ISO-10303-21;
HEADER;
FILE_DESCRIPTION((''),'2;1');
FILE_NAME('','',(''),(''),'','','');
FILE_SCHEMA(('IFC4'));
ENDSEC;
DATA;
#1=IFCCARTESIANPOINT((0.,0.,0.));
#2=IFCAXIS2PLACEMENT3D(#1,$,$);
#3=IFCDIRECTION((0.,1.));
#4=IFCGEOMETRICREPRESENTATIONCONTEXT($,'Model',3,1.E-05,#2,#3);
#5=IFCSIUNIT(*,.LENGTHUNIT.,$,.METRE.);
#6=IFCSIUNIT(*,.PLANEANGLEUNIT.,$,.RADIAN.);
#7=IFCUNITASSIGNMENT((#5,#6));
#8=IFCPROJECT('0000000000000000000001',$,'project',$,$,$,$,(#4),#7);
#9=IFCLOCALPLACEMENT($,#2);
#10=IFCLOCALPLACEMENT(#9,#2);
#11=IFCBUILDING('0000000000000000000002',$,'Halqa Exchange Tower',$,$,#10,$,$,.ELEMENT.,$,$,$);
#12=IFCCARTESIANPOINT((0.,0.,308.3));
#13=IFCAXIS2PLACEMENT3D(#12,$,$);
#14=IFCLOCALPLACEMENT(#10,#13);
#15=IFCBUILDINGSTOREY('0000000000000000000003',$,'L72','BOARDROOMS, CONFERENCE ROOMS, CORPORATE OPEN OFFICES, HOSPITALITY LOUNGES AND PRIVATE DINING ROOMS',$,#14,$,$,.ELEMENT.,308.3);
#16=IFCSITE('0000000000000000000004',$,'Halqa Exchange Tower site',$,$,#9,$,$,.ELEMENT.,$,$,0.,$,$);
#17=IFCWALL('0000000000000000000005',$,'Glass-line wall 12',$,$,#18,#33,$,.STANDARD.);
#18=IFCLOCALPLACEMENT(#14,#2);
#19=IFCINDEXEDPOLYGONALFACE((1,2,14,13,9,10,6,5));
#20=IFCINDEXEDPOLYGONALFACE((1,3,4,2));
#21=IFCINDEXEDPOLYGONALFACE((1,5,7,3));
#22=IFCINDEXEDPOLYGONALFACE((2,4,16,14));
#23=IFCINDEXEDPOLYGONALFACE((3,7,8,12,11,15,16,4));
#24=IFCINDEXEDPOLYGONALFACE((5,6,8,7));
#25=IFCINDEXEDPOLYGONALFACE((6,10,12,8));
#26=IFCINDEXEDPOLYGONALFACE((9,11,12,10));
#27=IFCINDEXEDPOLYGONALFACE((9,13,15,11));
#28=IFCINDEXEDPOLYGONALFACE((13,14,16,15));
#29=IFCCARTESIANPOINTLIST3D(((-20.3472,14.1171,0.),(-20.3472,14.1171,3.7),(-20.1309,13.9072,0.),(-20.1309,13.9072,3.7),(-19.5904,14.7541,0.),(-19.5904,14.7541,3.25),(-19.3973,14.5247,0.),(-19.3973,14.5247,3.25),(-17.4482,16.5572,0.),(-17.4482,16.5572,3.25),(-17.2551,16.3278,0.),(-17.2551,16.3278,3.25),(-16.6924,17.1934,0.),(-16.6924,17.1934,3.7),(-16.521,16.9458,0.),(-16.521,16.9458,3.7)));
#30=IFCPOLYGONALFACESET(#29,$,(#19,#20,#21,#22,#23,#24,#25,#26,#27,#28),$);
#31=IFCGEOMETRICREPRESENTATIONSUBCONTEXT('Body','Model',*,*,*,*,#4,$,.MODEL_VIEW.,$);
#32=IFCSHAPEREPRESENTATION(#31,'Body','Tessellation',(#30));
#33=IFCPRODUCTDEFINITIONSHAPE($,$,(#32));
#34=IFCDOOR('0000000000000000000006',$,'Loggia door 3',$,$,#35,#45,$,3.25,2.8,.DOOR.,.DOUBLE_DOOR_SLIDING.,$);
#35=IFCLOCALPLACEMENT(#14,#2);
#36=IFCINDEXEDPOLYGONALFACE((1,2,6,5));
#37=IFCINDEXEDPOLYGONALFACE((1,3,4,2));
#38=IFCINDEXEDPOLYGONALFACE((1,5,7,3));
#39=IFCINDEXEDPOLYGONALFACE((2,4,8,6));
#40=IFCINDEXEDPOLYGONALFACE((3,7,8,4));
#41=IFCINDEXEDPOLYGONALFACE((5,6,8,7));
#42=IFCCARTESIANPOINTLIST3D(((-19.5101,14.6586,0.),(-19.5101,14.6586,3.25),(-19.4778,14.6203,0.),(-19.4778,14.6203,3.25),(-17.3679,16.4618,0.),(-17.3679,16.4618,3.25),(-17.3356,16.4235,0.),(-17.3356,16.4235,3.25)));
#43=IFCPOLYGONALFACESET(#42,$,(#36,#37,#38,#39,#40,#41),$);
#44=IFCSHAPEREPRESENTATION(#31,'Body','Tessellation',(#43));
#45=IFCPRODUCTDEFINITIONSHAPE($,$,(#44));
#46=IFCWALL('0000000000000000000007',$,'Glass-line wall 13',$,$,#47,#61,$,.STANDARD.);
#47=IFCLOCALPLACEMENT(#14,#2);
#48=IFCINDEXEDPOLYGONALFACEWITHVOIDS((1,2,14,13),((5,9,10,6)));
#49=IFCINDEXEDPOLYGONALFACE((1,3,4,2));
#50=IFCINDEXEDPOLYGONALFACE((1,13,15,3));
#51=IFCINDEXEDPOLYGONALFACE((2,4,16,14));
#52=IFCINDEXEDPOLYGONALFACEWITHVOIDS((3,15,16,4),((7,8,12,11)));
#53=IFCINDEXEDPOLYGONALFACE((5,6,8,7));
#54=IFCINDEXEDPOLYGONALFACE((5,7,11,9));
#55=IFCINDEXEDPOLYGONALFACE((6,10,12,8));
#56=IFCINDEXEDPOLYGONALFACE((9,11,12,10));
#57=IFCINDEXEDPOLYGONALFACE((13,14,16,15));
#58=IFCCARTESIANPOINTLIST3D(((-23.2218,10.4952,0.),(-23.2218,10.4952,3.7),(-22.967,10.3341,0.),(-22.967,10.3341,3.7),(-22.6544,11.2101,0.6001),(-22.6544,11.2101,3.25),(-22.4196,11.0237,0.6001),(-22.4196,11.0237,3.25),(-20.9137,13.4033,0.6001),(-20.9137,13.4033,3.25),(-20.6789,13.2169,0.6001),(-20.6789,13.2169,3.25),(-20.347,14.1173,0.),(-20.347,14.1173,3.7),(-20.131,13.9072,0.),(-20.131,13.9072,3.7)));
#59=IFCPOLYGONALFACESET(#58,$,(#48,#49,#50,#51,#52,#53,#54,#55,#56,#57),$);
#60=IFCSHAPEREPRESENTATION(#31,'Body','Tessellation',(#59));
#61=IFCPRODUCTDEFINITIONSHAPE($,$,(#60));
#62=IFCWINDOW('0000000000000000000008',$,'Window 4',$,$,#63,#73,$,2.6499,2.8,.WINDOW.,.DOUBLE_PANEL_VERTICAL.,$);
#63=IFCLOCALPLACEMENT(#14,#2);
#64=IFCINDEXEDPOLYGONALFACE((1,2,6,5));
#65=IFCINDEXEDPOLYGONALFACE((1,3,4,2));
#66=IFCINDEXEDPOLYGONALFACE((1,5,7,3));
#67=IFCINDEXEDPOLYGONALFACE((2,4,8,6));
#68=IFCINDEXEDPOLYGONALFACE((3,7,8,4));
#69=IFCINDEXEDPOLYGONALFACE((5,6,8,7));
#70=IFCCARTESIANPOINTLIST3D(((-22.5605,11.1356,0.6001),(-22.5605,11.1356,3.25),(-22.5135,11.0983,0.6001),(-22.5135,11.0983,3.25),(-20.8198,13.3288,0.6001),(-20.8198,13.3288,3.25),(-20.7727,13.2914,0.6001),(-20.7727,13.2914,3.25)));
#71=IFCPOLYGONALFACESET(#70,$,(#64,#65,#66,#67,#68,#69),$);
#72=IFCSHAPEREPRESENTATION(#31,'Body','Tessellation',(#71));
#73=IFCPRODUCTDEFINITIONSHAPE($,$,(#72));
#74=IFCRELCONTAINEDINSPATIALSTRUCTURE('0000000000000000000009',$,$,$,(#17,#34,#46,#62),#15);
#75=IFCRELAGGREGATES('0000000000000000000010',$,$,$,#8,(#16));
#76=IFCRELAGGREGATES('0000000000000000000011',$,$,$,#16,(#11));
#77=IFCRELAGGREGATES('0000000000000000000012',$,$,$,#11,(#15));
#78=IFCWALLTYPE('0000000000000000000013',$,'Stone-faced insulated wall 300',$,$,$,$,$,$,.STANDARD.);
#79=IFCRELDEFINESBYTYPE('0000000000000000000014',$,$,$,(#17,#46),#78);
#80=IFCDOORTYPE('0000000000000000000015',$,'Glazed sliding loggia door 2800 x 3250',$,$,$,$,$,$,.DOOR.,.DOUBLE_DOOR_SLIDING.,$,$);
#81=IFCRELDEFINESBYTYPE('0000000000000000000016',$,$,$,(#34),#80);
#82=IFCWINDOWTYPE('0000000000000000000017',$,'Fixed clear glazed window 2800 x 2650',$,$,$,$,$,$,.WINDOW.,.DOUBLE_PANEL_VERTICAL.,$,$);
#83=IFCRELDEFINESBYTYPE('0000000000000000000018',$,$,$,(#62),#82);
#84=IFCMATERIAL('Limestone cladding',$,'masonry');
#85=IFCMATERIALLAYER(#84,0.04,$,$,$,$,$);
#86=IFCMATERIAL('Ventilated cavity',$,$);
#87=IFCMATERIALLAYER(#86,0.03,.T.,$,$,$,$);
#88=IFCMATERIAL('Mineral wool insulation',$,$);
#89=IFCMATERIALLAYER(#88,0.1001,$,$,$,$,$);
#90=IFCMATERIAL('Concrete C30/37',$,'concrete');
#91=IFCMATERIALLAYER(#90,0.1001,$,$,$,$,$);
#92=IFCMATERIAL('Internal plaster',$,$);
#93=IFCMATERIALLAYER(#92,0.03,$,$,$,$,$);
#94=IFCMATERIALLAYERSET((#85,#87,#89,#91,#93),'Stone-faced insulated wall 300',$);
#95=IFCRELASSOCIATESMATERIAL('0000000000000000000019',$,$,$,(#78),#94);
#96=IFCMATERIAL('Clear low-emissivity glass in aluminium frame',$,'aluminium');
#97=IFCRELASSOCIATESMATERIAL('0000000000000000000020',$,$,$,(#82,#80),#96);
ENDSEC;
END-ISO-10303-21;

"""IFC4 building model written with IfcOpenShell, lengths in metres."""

from ifc_helpers import new_model, si_unit, direction, frame, frame_2d, origin, place, context, subcontext, project, spatial, polyline, rectangle, outline, extrude, material, layer, layer_set, type_object, element, fill, save


model = new_model("IFC4")

# Units and contexts
model_context = context("Model", 3, precision=1e-05, world=origin(), true_north=direction((0.0, 1.0)))
body_context = subcontext(model_context, "Body", "Model", "MODEL_VIEW")
ifc_project = project(units=[si_unit("LENGTHUNIT", "METRE"), si_unit("PLANEANGLEUNIT", "RADIAN")], contexts=[model_context])

# Site, building, storey
site_placement = place(None, origin())
site = spatial("IfcSite", under=ifc_project, at=site_placement, Name="Halqa Exchange Tower site", CompositionType="ELEMENT", RefElevation=0.0)
building_placement = place(site_placement, origin())
building = spatial("IfcBuilding", under=site, at=building_placement, Name="Halqa Exchange Tower", CompositionType="ELEMENT")
storey_placement = place(building_placement, frame((0.0, 0.0, 308.3)))
storey = spatial("IfcBuildingStorey", under=building, at=storey_placement, Name="L72", Description="BOARDROOMS, CONFERENCE ROOMS, CORPORATE OPEN OFFICES, HOSPITALITY LOUNGES AND PRIVATE DINING ROOMS", CompositionType="ELEMENT", Elevation=308.3)

# Shared definitions
ifc_material_1 = material(Name="Limestone cladding", Category="masonry")
ifc_layer_1 = layer(ifc_material_1, 0.04)
ifc_material_2 = material(Name="Ventilated cavity")
ifc_layer_2 = layer(ifc_material_2, 0.03, ventilated=True)
ifc_material_3 = material(Name="Mineral wool insulation")
ifc_layer_3 = layer(ifc_material_3, 0.1001)
ifc_material_4 = material(Name="Concrete C30/37", Category="concrete")
ifc_layer_4 = layer(ifc_material_4, 0.1001)
ifc_material_5 = material(Name="Internal plaster")
ifc_layer_5 = layer(ifc_material_5, 0.03)
ifc_layer_set_1 = layer_set([ifc_layer_1, ifc_layer_2, ifc_layer_3, ifc_layer_4, ifc_layer_5], Name="Stone-faced insulated wall 300")
wall_type_1 = type_object("IfcWallType", Name="Stone-faced insulated wall 300", PredefinedType="STANDARD", material=ifc_layer_set_1)
ifc_material_6 = material(Name="Clear low-emissivity glass in aluminium frame", Category="aluminium")
window_type = type_object("IfcWindowType", Name="Fixed clear glazed window 2800 x 2650", PartitioningType="DOUBLE_PANEL_VERTICAL", PredefinedType="WINDOW", material=ifc_material_6)

# Wall, opening, door
wall_1_placement = place(storey_placement, frame((-16.6067, 17.0696, 0.0), z_axis=(0.0, 0.0, 1.0), x_axis=(-0.765059, -0.64396, 0.0)))
wall_1 = element("IfcWall", 1, at=wall_1_placement, inside=storey, type_object=wall_type_1, Name="Glass-line wall 12", PredefinedType="STANDARD", context=body_context, shape_type="SweptSolid", body=[
    extrude(outline(polyline([(-0.0142, -0.1499), (4.7629, -0.1499), (4.7327, 0.1499), (0.0142, 0.1499), (-0.0142, -0.1499)])), origin(), (0.0, 0.0, 1.0), 3.7),
])
opening_1_placement = place(wall_1_placement, frame((0.9739, 0.0, 0.0)))
opening_1 = element("IfcOpeningElement", 2, at=opening_1_placement, cuts=wall_1, PredefinedType="OPENING", context=body_context, shape_type="SweptSolid", body=[
    extrude(rectangle(XDim=2.8, YDim=3.25, at=frame_2d((1.3999, 1.625))), frame((0.0, 0.1621, 0.0), z_axis=(0.0, -1.0, 0.0), x_axis=(1.0, 0.0, 0.0)), (0.0, 0.0, 1.0), 0.324),
])
door_type_1 = type_object("IfcDoorType", Name="Glazed sliding loggia door 2800 x 3250", OperationType="DOUBLE_DOOR_SLIDING", PredefinedType="DOOR", material=ifc_material_6)
door_1_placement = place(opening_1_placement, origin())
door_1 = element("IfcDoor", 3, at=door_1_placement, inside=storey, type_object=door_type_1, Name="Loggia door 3", OperationType="DOUBLE_DOOR_SLIDING", OverallHeight=3.25, OverallWidth=2.8, PredefinedType="DOOR", context=body_context, shape_type="SweptSolid", body=[
    extrude(rectangle(XDim=2.8, YDim=3.25, at=frame_2d((1.3999, 1.625))), frame((0.0, 0.0249, 0.0), z_axis=(0.0, -1.0, 0.0), x_axis=(1.0, 0.0, 0.0)), (0.0, 0.0, 1.0), 0.05),
])
fill(opening_1, door_1)

# Wall, opening, window
wall_2_placement = place(storey_placement, frame((-20.239, 14.0122, 0.0), z_axis=(0.0, 0.0, 1.0), x_axis=(-0.621683, -0.783269, 0.0)))
wall_2 = element("IfcWall", 4, at=wall_2_placement, inside=storey, type_object=wall_type_1, Name="Glass-line wall 13", PredefinedType="STANDARD", context=body_context, shape_type="SweptSolid", body=[
    extrude(outline(polyline([(-0.0151, -0.1499), (4.6091, -0.1499), (4.5769, 0.1499), (0.0151, 0.1499), (-0.0151, -0.1499)])), origin(), (0.0, 0.0, 1.0), 3.7),
])
opening_2_placement = place(wall_2_placement, frame((0.8965, 0.0, 0.6001)))
opening_2 = element("IfcOpeningElement", 5, at=opening_2_placement, cuts=wall_2, PredefinedType="OPENING", context=body_context, shape_type="SweptSolid", body=[
    extrude(rectangle(XDim=2.8, YDim=2.6499, at=frame_2d((1.3999, 1.325))), frame((0.0, 0.1621, 0.0), z_axis=(0.0, -1.0, 0.0), x_axis=(1.0, 0.0, 0.0)), (0.0, 0.0, 1.0), 0.324),
])
window_1_placement = place(opening_2_placement, origin())
window_1 = element("IfcWindow", 6, at=window_1_placement, inside=storey, type_object=window_type, Name="Window 4", OverallHeight=2.6499, OverallWidth=2.8, PartitioningType="DOUBLE_PANEL_VERTICAL", PredefinedType="WINDOW", context=body_context, shape_type="SweptSolid", body=[
    extrude(rectangle(XDim=2.8, YDim=2.6499, at=frame_2d((1.3999, 1.325))), frame((0.0, 0.03, 0.0), z_axis=(0.0, -1.0, 0.0), x_axis=(1.0, 0.0, 0.0)), (0.0, 0.0, 1.0), 0.0601),
])
fill(opening_2, window_1)

save(model, "model.ifc")
